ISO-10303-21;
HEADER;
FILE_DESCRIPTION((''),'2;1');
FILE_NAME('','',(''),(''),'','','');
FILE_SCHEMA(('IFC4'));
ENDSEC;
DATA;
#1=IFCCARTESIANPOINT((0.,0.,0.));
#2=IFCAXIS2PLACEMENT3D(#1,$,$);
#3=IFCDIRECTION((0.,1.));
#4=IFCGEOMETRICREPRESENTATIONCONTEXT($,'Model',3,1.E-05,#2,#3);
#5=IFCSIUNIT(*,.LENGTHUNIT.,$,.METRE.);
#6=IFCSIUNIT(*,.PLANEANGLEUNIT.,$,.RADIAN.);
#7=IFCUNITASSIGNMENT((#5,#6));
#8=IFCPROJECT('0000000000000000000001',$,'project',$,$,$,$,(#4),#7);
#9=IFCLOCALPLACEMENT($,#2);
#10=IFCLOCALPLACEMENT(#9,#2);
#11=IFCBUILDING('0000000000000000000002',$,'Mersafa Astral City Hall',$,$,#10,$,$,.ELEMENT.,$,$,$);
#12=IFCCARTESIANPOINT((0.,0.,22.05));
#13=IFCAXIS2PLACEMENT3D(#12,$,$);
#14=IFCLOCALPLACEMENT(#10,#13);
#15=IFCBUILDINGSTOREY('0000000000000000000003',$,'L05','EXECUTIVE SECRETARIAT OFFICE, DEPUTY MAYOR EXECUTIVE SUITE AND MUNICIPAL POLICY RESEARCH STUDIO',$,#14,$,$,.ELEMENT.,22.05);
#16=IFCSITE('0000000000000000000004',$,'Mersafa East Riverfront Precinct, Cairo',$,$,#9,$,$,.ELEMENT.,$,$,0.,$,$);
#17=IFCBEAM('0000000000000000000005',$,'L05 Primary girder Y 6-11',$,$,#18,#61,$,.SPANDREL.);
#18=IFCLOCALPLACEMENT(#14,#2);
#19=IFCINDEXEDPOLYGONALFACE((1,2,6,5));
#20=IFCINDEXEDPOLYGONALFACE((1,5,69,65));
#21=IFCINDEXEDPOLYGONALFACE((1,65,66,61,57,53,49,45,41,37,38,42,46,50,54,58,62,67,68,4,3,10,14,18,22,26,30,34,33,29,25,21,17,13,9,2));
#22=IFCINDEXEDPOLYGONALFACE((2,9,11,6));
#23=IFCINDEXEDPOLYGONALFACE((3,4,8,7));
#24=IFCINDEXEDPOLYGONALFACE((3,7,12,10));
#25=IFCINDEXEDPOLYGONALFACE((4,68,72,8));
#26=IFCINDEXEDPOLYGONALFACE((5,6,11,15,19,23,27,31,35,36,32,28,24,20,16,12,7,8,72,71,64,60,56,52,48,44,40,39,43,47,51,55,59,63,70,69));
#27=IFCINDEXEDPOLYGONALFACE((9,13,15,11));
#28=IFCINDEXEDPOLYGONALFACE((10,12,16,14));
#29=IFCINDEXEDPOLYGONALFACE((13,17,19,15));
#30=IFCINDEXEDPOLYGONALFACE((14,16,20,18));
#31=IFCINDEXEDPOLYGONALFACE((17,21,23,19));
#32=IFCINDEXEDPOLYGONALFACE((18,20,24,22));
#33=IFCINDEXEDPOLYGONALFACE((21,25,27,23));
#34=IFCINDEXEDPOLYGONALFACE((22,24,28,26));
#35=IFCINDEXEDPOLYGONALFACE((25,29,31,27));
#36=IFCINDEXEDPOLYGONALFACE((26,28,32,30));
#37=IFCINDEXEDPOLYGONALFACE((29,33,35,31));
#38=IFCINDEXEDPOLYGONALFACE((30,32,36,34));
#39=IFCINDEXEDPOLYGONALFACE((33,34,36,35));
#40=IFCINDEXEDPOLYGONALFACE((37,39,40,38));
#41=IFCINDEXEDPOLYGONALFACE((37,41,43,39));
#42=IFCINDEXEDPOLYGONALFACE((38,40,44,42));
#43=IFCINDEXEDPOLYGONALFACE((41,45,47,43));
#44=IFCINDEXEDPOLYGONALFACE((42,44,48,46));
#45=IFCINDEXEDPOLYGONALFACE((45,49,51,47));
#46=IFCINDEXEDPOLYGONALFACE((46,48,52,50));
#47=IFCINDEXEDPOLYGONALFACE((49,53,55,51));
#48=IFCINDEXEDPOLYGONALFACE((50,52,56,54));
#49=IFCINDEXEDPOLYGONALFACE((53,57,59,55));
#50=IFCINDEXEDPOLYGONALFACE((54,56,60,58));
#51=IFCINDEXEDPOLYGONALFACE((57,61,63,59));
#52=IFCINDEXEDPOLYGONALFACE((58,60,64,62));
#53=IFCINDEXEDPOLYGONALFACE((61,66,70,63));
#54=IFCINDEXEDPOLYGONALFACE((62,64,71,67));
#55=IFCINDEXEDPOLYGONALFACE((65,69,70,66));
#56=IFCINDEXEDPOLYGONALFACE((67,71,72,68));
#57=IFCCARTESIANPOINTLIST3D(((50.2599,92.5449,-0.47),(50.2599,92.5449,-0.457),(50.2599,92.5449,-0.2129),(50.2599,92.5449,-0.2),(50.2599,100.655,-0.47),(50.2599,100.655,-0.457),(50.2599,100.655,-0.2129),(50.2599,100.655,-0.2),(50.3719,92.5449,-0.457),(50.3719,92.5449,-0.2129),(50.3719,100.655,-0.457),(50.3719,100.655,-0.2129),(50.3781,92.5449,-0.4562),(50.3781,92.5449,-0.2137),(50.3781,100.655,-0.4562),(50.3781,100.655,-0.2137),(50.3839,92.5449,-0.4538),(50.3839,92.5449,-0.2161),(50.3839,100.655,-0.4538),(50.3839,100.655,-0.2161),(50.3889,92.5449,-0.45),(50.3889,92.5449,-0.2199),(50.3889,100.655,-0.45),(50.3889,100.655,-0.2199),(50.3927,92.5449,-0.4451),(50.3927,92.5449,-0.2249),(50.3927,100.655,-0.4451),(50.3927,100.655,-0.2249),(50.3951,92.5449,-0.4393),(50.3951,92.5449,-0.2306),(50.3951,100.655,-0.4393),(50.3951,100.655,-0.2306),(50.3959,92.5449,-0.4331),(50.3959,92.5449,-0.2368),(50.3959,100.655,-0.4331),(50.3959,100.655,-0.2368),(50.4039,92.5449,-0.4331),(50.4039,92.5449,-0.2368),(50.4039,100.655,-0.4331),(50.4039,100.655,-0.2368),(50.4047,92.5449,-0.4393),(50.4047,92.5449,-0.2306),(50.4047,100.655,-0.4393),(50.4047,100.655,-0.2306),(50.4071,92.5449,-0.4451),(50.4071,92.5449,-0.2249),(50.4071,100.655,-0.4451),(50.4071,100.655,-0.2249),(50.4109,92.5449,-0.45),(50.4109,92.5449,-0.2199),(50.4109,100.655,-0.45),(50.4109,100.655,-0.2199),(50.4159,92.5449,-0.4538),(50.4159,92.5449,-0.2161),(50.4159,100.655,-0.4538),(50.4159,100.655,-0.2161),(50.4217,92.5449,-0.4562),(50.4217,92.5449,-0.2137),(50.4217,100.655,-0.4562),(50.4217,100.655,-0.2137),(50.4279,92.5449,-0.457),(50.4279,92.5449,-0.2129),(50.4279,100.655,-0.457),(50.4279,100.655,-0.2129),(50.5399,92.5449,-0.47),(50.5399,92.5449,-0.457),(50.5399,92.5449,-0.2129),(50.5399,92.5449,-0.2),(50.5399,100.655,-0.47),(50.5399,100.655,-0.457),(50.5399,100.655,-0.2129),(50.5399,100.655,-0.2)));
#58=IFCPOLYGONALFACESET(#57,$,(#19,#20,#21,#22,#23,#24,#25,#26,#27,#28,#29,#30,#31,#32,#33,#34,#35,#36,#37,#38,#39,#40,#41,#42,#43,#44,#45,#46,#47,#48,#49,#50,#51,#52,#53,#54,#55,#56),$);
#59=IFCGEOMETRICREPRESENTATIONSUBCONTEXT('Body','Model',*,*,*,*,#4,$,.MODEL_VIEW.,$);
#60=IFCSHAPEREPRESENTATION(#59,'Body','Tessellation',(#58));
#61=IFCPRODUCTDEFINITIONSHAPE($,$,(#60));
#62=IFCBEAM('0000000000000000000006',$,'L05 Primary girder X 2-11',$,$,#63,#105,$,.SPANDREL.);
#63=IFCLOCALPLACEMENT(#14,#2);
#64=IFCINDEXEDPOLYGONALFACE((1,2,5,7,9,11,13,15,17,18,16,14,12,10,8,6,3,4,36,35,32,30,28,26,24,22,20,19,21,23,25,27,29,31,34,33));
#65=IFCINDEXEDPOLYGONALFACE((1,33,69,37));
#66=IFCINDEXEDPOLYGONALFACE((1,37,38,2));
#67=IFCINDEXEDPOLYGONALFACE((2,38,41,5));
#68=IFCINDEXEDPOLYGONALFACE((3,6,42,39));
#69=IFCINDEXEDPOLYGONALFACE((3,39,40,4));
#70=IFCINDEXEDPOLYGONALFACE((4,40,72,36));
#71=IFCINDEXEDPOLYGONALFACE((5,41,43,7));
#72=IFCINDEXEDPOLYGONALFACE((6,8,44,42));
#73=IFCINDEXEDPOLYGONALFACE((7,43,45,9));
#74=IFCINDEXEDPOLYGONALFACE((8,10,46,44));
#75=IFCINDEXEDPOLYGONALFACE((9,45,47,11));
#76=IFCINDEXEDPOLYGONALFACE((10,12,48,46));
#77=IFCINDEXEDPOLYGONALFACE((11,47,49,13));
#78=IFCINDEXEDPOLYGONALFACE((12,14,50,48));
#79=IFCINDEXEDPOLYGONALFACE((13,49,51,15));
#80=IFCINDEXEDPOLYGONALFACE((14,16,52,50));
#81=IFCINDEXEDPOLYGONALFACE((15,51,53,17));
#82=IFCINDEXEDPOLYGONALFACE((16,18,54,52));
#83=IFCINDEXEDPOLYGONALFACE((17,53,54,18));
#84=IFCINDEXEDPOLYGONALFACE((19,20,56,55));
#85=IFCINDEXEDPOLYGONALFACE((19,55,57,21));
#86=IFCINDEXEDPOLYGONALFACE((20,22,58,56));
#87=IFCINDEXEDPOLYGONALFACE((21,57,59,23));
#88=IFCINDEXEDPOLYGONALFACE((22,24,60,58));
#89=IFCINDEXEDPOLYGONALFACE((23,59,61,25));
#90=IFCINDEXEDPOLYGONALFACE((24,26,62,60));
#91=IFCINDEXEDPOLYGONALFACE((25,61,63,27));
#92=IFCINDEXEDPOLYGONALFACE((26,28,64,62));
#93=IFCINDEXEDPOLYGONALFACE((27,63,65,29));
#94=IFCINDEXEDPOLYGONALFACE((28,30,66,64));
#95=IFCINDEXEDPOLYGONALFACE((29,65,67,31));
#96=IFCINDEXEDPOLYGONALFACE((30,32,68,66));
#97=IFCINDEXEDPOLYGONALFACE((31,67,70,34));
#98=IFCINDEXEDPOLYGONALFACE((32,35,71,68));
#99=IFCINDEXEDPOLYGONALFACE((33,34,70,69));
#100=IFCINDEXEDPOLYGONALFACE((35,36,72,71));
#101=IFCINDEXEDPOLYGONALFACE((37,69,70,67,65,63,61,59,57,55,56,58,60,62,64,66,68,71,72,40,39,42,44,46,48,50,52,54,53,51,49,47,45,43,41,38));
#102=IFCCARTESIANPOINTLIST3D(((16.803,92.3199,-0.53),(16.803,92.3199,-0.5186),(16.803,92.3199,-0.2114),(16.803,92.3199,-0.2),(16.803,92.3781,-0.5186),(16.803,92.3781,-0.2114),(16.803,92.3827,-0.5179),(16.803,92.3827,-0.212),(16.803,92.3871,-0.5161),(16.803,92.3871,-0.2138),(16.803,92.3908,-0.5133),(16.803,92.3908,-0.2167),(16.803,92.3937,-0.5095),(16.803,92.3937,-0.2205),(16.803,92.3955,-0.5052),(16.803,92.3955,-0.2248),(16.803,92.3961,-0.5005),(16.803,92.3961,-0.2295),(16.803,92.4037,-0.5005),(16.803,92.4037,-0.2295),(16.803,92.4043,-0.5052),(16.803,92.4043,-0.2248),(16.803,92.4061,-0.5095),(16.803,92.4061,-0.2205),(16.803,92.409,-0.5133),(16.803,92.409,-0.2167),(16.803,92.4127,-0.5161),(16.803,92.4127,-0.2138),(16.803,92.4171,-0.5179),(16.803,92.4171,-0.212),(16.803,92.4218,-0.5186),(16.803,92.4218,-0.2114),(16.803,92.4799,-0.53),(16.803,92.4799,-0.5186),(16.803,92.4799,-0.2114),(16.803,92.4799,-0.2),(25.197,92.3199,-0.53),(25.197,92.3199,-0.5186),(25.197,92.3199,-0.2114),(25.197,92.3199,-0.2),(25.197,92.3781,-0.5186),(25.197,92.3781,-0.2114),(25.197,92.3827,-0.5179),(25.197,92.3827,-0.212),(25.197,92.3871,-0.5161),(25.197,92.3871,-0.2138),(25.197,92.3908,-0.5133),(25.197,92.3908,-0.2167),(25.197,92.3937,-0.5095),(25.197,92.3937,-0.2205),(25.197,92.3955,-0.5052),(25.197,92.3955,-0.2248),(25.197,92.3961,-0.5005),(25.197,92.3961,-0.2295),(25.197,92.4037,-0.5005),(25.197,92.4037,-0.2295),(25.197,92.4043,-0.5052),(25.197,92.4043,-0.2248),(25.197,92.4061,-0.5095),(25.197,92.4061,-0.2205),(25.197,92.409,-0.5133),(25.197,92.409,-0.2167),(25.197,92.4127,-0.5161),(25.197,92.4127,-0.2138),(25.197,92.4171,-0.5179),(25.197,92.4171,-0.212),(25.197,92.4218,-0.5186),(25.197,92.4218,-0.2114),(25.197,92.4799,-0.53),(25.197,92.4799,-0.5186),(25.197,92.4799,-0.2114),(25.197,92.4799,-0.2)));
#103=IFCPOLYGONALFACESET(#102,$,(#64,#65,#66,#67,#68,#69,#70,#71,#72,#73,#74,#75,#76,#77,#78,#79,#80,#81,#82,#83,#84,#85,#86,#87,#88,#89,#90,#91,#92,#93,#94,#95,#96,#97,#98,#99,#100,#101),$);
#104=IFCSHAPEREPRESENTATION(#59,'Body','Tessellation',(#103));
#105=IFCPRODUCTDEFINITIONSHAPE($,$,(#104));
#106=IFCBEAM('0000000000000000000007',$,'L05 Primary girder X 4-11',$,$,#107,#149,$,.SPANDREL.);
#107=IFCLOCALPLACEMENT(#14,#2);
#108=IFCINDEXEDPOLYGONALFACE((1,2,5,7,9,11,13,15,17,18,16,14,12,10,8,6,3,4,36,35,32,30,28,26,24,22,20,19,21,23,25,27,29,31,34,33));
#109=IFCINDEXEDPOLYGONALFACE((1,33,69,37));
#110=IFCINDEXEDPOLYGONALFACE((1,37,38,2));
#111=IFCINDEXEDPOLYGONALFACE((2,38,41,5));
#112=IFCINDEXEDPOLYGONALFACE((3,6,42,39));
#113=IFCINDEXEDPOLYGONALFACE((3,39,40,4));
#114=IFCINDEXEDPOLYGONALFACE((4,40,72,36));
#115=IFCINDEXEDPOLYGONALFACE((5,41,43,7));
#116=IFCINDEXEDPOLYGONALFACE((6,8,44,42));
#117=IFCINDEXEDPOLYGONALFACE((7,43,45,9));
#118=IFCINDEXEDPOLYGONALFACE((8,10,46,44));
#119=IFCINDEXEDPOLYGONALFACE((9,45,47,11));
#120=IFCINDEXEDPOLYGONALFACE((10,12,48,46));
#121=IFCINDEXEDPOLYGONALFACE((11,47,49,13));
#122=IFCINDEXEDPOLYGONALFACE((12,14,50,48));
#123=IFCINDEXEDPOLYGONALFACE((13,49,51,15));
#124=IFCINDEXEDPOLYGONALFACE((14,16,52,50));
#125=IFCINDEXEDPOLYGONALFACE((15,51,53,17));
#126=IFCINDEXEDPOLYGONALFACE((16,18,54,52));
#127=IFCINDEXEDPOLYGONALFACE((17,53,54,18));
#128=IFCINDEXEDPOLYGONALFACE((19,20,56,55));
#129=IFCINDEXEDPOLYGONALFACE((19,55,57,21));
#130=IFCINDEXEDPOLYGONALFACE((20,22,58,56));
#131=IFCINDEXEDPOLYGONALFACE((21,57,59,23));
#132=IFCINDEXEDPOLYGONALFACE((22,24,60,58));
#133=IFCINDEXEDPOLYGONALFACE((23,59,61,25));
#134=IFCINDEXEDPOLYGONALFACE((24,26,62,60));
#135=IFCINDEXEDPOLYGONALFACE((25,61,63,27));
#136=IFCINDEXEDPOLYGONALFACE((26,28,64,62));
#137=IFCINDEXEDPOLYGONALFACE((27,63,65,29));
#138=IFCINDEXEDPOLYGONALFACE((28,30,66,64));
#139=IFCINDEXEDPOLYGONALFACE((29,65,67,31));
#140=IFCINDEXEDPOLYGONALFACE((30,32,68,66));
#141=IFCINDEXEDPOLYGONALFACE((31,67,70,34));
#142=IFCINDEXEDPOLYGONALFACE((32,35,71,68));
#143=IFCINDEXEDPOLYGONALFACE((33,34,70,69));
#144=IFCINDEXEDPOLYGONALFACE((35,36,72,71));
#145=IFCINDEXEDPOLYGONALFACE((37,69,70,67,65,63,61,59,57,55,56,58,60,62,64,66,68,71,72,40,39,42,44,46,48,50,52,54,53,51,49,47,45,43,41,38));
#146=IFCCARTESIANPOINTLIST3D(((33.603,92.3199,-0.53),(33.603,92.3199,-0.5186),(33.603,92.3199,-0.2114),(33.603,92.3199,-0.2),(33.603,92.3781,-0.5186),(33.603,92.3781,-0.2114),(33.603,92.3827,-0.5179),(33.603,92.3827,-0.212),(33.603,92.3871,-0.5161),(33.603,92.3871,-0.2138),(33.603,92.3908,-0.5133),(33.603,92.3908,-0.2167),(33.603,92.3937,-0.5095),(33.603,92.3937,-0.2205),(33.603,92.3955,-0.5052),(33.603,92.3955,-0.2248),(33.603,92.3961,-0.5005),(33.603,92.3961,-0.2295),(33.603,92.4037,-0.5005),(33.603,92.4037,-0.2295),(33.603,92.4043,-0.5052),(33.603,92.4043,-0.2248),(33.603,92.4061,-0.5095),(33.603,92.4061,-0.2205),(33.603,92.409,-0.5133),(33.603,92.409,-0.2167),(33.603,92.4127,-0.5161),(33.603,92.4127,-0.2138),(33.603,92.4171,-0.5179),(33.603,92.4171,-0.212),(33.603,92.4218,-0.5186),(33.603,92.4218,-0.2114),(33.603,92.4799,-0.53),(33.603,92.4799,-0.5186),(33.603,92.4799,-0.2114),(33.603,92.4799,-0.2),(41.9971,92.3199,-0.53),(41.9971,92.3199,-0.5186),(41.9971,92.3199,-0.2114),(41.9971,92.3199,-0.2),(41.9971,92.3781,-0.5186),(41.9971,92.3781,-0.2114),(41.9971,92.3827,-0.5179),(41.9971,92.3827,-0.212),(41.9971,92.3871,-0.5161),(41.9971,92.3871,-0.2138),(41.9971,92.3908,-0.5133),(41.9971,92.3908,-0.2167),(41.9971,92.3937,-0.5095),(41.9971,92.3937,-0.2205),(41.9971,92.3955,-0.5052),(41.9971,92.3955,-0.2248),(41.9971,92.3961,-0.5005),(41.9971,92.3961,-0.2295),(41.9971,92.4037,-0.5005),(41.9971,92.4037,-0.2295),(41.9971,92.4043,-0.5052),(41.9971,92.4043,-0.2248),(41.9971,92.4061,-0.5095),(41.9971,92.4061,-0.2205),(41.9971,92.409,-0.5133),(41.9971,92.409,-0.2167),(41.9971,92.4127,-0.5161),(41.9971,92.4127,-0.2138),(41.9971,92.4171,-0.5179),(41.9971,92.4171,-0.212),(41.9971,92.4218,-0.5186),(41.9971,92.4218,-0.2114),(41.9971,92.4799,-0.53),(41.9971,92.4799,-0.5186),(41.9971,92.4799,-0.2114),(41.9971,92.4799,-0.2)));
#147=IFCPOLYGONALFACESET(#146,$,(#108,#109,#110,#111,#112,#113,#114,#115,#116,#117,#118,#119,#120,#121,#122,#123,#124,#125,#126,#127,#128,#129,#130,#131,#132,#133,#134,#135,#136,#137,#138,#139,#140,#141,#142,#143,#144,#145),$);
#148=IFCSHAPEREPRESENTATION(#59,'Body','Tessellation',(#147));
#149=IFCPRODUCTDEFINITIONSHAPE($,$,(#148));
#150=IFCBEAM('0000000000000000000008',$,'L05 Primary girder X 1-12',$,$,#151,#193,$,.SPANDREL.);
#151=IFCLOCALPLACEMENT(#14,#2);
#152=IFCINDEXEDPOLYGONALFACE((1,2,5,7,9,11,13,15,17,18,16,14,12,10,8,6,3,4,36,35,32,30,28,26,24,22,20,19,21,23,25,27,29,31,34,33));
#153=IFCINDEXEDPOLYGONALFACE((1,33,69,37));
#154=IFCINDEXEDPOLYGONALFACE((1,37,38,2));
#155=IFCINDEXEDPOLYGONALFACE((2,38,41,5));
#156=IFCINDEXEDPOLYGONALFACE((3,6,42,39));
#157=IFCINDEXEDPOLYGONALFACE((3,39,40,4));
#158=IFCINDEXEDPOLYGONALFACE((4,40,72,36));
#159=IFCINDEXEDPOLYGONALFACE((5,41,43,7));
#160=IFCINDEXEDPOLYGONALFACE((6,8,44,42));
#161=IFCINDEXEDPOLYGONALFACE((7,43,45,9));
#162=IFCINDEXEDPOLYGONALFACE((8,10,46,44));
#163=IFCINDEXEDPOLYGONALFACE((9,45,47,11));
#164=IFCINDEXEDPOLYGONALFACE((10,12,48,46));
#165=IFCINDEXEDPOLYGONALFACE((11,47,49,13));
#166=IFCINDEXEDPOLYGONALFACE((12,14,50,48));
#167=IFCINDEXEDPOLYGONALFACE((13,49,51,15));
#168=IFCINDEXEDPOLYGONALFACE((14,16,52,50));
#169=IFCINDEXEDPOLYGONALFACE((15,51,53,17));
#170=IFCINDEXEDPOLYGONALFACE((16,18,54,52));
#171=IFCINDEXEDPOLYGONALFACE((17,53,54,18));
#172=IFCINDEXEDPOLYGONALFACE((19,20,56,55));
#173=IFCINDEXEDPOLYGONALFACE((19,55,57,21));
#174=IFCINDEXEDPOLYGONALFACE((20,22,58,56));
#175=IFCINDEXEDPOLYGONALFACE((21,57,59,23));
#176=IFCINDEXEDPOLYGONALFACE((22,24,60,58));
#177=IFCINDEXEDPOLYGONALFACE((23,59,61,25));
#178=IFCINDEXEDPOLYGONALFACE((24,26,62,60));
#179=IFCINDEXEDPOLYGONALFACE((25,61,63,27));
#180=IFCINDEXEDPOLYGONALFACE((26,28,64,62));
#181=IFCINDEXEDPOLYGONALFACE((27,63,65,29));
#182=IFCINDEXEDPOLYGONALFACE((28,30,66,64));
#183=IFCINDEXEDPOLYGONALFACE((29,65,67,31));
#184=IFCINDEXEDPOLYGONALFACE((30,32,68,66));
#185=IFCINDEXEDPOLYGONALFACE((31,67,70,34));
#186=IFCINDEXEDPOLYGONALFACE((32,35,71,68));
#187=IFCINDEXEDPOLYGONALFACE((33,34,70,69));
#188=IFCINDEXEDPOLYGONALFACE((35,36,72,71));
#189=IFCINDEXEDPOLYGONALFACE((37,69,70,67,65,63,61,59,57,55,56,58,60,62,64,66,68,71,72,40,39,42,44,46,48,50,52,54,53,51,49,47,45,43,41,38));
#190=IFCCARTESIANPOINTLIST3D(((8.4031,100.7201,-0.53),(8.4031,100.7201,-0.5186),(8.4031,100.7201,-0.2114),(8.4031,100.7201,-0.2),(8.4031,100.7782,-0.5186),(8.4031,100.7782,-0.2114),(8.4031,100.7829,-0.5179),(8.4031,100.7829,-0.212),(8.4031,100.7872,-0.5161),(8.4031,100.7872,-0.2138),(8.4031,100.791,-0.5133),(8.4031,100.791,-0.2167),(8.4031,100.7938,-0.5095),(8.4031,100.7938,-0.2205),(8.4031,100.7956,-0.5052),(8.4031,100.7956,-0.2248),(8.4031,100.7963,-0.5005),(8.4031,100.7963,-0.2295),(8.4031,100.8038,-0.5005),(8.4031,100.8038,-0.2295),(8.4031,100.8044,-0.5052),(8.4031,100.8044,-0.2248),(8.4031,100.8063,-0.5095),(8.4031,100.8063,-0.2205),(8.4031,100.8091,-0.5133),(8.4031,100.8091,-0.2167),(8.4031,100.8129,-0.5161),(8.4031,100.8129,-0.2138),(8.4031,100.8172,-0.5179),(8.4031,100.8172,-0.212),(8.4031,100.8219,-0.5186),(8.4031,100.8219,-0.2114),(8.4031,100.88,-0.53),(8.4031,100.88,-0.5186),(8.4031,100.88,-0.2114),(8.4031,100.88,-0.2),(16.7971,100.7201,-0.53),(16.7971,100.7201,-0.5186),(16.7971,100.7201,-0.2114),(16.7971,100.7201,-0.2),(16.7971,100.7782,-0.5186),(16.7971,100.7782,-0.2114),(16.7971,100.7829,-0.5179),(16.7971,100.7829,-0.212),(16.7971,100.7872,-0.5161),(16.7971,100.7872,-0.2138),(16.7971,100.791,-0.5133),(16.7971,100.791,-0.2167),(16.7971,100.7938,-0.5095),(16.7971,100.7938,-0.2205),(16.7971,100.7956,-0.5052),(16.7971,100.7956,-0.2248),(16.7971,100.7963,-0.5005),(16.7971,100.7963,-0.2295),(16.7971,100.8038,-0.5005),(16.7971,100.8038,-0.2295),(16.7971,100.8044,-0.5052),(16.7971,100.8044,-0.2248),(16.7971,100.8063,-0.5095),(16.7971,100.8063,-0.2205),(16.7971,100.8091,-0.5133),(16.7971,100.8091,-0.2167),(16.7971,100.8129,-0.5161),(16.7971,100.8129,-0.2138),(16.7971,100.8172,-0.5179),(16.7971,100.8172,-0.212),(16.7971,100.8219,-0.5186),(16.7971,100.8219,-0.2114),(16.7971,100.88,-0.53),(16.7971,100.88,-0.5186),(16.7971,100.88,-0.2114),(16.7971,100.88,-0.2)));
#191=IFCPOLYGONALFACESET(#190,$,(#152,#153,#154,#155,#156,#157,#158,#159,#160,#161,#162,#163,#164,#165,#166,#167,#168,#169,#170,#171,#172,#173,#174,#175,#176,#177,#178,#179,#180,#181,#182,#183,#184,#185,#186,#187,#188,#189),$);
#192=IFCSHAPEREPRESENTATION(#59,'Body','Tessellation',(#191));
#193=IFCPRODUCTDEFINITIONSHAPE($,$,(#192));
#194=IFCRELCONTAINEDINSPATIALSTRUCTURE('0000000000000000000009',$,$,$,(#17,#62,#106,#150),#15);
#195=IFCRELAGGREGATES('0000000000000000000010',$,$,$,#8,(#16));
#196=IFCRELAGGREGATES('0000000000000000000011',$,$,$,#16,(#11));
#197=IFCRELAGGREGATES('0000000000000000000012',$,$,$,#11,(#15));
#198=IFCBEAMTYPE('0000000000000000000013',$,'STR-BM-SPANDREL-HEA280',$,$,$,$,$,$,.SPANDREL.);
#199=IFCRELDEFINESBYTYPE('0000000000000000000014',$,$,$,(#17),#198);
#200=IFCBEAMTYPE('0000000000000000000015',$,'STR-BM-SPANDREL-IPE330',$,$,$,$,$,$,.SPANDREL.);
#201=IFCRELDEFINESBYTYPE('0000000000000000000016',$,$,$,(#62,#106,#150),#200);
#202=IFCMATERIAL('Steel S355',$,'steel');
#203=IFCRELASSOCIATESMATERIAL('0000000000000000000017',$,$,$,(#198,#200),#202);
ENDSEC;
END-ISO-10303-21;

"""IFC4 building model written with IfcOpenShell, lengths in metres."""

from ifc_helpers import new_model, si_unit, direction, frame, origin, origin_2d, place, context, subcontext, project, spatial, i_section, extrude, material, material_profile, profile_set, type_object, element, save


model = new_model("IFC4")

# Units and contexts
model_context = context("Model", 3, precision=1e-05, world=origin(), true_north=direction((0.0, 1.0)))
body_context = subcontext(model_context, "Body", "Model", "MODEL_VIEW")
ifc_project = project(units=[si_unit("LENGTHUNIT", "METRE"), si_unit("PLANEANGLEUNIT", "RADIAN")], contexts=[model_context])

# Site, building, storey
site_placement = place(None, origin())
site = spatial("IfcSite", under=ifc_project, at=site_placement, Name="Mersafa East Riverfront Precinct, Cairo", CompositionType="ELEMENT", RefElevation=0.0)
building_placement = place(site_placement, origin())
building = spatial("IfcBuilding", under=site, at=building_placement, Name="Mersafa Astral City Hall", CompositionType="ELEMENT")
storey_placement = place(building_placement, frame((0.0, 0.0, 22.05)))
storey = spatial("IfcBuildingStorey", under=building, at=storey_placement, Name="L05", Description="EXECUTIVE SECRETARIAT OFFICE, DEPUTY MAYOR EXECUTIVE SUITE AND MUNICIPAL POLICY RESEARCH STUDIO", CompositionType="ELEMENT", Elevation=22.05)

# Beams
ifc_material = material(Name="Steel S355", Category="steel")
ifc_material_profile_1 = material_profile(ifc_material, i_section(OverallWidth=0.28, OverallDepth=0.27, WebThickness=0.0081, FlangeThickness=0.0129, FilletRadius=0.0239, at=origin_2d()), Name="HEA 280")
ifc_profile_set_1 = profile_set([ifc_material_profile_1], Name="Steel S355")
beam_type_1 = type_object("IfcBeamType", Name="STR-BM-SPANDREL-HEA280", PredefinedType="SPANDREL", material=ifc_profile_set_1)
for number, where, z_axis, x_axis, name in (
    (1, (50.3999, 92.5449, -0.335), (0.0, 1.0, 0.0), (-1.0, 0.0, 0.0), "L05 Primary girder Y 6-11"),
):
    element("IfcBeam", number, at=place(storey_placement, frame(where, z_axis=z_axis, x_axis=x_axis)), inside=storey, type_object=beam_type_1, Name=name, PredefinedType="SPANDREL", context=body_context, shape_type="SweptSolid", body=[
        extrude(i_section(OverallWidth=0.28, OverallDepth=0.27, WebThickness=0.0081, FlangeThickness=0.0129, FilletRadius=0.0239, at=origin_2d()), origin(), (0.0, 0.0, 1.0), 8.1101),
    ])
ifc_material_profile_2 = material_profile(ifc_material, i_section(OverallWidth=0.1599, OverallDepth=0.3301, WebThickness=0.0076, FlangeThickness=0.0115, FilletRadius=0.0181, at=origin_2d()), Name="IPE 330")
ifc_profile_set_2 = profile_set([ifc_material_profile_2], Name="Steel S355")
beam_type_2 = type_object("IfcBeamType", Name="STR-BM-SPANDREL-IPE330", PredefinedType="SPANDREL", material=ifc_profile_set_2)
for number, where, z_axis, x_axis, name in (
    (2, (16.803, 92.3999, -0.365), (1.0, 0.0, 0.0), (0.0, 1.0, 0.0), "L05 Primary girder X 2-11"),
    (3, (33.603, 92.3999, -0.365), (1.0, 0.0, 0.0), (0.0, 1.0, 0.0), "L05 Primary girder X 4-11"),
    (4, (8.4031, 100.8, -0.365), (1.0, 0.0, 0.0), (0.0, 1.0, 0.0), "L05 Primary girder X 1-12"),
):
    element("IfcBeam", number, at=place(storey_placement, frame(where, z_axis=z_axis, x_axis=x_axis)), inside=storey, type_object=beam_type_2, Name=name, PredefinedType="SPANDREL", context=body_context, shape_type="SweptSolid", body=[
        extrude(i_section(OverallWidth=0.1599, OverallDepth=0.3301, WebThickness=0.0076, FlangeThickness=0.0115, FilletRadius=0.0181, at=origin_2d()), origin(), (0.0, 0.0, 1.0), 8.394),
    ])

save(model, "model.ifc")
